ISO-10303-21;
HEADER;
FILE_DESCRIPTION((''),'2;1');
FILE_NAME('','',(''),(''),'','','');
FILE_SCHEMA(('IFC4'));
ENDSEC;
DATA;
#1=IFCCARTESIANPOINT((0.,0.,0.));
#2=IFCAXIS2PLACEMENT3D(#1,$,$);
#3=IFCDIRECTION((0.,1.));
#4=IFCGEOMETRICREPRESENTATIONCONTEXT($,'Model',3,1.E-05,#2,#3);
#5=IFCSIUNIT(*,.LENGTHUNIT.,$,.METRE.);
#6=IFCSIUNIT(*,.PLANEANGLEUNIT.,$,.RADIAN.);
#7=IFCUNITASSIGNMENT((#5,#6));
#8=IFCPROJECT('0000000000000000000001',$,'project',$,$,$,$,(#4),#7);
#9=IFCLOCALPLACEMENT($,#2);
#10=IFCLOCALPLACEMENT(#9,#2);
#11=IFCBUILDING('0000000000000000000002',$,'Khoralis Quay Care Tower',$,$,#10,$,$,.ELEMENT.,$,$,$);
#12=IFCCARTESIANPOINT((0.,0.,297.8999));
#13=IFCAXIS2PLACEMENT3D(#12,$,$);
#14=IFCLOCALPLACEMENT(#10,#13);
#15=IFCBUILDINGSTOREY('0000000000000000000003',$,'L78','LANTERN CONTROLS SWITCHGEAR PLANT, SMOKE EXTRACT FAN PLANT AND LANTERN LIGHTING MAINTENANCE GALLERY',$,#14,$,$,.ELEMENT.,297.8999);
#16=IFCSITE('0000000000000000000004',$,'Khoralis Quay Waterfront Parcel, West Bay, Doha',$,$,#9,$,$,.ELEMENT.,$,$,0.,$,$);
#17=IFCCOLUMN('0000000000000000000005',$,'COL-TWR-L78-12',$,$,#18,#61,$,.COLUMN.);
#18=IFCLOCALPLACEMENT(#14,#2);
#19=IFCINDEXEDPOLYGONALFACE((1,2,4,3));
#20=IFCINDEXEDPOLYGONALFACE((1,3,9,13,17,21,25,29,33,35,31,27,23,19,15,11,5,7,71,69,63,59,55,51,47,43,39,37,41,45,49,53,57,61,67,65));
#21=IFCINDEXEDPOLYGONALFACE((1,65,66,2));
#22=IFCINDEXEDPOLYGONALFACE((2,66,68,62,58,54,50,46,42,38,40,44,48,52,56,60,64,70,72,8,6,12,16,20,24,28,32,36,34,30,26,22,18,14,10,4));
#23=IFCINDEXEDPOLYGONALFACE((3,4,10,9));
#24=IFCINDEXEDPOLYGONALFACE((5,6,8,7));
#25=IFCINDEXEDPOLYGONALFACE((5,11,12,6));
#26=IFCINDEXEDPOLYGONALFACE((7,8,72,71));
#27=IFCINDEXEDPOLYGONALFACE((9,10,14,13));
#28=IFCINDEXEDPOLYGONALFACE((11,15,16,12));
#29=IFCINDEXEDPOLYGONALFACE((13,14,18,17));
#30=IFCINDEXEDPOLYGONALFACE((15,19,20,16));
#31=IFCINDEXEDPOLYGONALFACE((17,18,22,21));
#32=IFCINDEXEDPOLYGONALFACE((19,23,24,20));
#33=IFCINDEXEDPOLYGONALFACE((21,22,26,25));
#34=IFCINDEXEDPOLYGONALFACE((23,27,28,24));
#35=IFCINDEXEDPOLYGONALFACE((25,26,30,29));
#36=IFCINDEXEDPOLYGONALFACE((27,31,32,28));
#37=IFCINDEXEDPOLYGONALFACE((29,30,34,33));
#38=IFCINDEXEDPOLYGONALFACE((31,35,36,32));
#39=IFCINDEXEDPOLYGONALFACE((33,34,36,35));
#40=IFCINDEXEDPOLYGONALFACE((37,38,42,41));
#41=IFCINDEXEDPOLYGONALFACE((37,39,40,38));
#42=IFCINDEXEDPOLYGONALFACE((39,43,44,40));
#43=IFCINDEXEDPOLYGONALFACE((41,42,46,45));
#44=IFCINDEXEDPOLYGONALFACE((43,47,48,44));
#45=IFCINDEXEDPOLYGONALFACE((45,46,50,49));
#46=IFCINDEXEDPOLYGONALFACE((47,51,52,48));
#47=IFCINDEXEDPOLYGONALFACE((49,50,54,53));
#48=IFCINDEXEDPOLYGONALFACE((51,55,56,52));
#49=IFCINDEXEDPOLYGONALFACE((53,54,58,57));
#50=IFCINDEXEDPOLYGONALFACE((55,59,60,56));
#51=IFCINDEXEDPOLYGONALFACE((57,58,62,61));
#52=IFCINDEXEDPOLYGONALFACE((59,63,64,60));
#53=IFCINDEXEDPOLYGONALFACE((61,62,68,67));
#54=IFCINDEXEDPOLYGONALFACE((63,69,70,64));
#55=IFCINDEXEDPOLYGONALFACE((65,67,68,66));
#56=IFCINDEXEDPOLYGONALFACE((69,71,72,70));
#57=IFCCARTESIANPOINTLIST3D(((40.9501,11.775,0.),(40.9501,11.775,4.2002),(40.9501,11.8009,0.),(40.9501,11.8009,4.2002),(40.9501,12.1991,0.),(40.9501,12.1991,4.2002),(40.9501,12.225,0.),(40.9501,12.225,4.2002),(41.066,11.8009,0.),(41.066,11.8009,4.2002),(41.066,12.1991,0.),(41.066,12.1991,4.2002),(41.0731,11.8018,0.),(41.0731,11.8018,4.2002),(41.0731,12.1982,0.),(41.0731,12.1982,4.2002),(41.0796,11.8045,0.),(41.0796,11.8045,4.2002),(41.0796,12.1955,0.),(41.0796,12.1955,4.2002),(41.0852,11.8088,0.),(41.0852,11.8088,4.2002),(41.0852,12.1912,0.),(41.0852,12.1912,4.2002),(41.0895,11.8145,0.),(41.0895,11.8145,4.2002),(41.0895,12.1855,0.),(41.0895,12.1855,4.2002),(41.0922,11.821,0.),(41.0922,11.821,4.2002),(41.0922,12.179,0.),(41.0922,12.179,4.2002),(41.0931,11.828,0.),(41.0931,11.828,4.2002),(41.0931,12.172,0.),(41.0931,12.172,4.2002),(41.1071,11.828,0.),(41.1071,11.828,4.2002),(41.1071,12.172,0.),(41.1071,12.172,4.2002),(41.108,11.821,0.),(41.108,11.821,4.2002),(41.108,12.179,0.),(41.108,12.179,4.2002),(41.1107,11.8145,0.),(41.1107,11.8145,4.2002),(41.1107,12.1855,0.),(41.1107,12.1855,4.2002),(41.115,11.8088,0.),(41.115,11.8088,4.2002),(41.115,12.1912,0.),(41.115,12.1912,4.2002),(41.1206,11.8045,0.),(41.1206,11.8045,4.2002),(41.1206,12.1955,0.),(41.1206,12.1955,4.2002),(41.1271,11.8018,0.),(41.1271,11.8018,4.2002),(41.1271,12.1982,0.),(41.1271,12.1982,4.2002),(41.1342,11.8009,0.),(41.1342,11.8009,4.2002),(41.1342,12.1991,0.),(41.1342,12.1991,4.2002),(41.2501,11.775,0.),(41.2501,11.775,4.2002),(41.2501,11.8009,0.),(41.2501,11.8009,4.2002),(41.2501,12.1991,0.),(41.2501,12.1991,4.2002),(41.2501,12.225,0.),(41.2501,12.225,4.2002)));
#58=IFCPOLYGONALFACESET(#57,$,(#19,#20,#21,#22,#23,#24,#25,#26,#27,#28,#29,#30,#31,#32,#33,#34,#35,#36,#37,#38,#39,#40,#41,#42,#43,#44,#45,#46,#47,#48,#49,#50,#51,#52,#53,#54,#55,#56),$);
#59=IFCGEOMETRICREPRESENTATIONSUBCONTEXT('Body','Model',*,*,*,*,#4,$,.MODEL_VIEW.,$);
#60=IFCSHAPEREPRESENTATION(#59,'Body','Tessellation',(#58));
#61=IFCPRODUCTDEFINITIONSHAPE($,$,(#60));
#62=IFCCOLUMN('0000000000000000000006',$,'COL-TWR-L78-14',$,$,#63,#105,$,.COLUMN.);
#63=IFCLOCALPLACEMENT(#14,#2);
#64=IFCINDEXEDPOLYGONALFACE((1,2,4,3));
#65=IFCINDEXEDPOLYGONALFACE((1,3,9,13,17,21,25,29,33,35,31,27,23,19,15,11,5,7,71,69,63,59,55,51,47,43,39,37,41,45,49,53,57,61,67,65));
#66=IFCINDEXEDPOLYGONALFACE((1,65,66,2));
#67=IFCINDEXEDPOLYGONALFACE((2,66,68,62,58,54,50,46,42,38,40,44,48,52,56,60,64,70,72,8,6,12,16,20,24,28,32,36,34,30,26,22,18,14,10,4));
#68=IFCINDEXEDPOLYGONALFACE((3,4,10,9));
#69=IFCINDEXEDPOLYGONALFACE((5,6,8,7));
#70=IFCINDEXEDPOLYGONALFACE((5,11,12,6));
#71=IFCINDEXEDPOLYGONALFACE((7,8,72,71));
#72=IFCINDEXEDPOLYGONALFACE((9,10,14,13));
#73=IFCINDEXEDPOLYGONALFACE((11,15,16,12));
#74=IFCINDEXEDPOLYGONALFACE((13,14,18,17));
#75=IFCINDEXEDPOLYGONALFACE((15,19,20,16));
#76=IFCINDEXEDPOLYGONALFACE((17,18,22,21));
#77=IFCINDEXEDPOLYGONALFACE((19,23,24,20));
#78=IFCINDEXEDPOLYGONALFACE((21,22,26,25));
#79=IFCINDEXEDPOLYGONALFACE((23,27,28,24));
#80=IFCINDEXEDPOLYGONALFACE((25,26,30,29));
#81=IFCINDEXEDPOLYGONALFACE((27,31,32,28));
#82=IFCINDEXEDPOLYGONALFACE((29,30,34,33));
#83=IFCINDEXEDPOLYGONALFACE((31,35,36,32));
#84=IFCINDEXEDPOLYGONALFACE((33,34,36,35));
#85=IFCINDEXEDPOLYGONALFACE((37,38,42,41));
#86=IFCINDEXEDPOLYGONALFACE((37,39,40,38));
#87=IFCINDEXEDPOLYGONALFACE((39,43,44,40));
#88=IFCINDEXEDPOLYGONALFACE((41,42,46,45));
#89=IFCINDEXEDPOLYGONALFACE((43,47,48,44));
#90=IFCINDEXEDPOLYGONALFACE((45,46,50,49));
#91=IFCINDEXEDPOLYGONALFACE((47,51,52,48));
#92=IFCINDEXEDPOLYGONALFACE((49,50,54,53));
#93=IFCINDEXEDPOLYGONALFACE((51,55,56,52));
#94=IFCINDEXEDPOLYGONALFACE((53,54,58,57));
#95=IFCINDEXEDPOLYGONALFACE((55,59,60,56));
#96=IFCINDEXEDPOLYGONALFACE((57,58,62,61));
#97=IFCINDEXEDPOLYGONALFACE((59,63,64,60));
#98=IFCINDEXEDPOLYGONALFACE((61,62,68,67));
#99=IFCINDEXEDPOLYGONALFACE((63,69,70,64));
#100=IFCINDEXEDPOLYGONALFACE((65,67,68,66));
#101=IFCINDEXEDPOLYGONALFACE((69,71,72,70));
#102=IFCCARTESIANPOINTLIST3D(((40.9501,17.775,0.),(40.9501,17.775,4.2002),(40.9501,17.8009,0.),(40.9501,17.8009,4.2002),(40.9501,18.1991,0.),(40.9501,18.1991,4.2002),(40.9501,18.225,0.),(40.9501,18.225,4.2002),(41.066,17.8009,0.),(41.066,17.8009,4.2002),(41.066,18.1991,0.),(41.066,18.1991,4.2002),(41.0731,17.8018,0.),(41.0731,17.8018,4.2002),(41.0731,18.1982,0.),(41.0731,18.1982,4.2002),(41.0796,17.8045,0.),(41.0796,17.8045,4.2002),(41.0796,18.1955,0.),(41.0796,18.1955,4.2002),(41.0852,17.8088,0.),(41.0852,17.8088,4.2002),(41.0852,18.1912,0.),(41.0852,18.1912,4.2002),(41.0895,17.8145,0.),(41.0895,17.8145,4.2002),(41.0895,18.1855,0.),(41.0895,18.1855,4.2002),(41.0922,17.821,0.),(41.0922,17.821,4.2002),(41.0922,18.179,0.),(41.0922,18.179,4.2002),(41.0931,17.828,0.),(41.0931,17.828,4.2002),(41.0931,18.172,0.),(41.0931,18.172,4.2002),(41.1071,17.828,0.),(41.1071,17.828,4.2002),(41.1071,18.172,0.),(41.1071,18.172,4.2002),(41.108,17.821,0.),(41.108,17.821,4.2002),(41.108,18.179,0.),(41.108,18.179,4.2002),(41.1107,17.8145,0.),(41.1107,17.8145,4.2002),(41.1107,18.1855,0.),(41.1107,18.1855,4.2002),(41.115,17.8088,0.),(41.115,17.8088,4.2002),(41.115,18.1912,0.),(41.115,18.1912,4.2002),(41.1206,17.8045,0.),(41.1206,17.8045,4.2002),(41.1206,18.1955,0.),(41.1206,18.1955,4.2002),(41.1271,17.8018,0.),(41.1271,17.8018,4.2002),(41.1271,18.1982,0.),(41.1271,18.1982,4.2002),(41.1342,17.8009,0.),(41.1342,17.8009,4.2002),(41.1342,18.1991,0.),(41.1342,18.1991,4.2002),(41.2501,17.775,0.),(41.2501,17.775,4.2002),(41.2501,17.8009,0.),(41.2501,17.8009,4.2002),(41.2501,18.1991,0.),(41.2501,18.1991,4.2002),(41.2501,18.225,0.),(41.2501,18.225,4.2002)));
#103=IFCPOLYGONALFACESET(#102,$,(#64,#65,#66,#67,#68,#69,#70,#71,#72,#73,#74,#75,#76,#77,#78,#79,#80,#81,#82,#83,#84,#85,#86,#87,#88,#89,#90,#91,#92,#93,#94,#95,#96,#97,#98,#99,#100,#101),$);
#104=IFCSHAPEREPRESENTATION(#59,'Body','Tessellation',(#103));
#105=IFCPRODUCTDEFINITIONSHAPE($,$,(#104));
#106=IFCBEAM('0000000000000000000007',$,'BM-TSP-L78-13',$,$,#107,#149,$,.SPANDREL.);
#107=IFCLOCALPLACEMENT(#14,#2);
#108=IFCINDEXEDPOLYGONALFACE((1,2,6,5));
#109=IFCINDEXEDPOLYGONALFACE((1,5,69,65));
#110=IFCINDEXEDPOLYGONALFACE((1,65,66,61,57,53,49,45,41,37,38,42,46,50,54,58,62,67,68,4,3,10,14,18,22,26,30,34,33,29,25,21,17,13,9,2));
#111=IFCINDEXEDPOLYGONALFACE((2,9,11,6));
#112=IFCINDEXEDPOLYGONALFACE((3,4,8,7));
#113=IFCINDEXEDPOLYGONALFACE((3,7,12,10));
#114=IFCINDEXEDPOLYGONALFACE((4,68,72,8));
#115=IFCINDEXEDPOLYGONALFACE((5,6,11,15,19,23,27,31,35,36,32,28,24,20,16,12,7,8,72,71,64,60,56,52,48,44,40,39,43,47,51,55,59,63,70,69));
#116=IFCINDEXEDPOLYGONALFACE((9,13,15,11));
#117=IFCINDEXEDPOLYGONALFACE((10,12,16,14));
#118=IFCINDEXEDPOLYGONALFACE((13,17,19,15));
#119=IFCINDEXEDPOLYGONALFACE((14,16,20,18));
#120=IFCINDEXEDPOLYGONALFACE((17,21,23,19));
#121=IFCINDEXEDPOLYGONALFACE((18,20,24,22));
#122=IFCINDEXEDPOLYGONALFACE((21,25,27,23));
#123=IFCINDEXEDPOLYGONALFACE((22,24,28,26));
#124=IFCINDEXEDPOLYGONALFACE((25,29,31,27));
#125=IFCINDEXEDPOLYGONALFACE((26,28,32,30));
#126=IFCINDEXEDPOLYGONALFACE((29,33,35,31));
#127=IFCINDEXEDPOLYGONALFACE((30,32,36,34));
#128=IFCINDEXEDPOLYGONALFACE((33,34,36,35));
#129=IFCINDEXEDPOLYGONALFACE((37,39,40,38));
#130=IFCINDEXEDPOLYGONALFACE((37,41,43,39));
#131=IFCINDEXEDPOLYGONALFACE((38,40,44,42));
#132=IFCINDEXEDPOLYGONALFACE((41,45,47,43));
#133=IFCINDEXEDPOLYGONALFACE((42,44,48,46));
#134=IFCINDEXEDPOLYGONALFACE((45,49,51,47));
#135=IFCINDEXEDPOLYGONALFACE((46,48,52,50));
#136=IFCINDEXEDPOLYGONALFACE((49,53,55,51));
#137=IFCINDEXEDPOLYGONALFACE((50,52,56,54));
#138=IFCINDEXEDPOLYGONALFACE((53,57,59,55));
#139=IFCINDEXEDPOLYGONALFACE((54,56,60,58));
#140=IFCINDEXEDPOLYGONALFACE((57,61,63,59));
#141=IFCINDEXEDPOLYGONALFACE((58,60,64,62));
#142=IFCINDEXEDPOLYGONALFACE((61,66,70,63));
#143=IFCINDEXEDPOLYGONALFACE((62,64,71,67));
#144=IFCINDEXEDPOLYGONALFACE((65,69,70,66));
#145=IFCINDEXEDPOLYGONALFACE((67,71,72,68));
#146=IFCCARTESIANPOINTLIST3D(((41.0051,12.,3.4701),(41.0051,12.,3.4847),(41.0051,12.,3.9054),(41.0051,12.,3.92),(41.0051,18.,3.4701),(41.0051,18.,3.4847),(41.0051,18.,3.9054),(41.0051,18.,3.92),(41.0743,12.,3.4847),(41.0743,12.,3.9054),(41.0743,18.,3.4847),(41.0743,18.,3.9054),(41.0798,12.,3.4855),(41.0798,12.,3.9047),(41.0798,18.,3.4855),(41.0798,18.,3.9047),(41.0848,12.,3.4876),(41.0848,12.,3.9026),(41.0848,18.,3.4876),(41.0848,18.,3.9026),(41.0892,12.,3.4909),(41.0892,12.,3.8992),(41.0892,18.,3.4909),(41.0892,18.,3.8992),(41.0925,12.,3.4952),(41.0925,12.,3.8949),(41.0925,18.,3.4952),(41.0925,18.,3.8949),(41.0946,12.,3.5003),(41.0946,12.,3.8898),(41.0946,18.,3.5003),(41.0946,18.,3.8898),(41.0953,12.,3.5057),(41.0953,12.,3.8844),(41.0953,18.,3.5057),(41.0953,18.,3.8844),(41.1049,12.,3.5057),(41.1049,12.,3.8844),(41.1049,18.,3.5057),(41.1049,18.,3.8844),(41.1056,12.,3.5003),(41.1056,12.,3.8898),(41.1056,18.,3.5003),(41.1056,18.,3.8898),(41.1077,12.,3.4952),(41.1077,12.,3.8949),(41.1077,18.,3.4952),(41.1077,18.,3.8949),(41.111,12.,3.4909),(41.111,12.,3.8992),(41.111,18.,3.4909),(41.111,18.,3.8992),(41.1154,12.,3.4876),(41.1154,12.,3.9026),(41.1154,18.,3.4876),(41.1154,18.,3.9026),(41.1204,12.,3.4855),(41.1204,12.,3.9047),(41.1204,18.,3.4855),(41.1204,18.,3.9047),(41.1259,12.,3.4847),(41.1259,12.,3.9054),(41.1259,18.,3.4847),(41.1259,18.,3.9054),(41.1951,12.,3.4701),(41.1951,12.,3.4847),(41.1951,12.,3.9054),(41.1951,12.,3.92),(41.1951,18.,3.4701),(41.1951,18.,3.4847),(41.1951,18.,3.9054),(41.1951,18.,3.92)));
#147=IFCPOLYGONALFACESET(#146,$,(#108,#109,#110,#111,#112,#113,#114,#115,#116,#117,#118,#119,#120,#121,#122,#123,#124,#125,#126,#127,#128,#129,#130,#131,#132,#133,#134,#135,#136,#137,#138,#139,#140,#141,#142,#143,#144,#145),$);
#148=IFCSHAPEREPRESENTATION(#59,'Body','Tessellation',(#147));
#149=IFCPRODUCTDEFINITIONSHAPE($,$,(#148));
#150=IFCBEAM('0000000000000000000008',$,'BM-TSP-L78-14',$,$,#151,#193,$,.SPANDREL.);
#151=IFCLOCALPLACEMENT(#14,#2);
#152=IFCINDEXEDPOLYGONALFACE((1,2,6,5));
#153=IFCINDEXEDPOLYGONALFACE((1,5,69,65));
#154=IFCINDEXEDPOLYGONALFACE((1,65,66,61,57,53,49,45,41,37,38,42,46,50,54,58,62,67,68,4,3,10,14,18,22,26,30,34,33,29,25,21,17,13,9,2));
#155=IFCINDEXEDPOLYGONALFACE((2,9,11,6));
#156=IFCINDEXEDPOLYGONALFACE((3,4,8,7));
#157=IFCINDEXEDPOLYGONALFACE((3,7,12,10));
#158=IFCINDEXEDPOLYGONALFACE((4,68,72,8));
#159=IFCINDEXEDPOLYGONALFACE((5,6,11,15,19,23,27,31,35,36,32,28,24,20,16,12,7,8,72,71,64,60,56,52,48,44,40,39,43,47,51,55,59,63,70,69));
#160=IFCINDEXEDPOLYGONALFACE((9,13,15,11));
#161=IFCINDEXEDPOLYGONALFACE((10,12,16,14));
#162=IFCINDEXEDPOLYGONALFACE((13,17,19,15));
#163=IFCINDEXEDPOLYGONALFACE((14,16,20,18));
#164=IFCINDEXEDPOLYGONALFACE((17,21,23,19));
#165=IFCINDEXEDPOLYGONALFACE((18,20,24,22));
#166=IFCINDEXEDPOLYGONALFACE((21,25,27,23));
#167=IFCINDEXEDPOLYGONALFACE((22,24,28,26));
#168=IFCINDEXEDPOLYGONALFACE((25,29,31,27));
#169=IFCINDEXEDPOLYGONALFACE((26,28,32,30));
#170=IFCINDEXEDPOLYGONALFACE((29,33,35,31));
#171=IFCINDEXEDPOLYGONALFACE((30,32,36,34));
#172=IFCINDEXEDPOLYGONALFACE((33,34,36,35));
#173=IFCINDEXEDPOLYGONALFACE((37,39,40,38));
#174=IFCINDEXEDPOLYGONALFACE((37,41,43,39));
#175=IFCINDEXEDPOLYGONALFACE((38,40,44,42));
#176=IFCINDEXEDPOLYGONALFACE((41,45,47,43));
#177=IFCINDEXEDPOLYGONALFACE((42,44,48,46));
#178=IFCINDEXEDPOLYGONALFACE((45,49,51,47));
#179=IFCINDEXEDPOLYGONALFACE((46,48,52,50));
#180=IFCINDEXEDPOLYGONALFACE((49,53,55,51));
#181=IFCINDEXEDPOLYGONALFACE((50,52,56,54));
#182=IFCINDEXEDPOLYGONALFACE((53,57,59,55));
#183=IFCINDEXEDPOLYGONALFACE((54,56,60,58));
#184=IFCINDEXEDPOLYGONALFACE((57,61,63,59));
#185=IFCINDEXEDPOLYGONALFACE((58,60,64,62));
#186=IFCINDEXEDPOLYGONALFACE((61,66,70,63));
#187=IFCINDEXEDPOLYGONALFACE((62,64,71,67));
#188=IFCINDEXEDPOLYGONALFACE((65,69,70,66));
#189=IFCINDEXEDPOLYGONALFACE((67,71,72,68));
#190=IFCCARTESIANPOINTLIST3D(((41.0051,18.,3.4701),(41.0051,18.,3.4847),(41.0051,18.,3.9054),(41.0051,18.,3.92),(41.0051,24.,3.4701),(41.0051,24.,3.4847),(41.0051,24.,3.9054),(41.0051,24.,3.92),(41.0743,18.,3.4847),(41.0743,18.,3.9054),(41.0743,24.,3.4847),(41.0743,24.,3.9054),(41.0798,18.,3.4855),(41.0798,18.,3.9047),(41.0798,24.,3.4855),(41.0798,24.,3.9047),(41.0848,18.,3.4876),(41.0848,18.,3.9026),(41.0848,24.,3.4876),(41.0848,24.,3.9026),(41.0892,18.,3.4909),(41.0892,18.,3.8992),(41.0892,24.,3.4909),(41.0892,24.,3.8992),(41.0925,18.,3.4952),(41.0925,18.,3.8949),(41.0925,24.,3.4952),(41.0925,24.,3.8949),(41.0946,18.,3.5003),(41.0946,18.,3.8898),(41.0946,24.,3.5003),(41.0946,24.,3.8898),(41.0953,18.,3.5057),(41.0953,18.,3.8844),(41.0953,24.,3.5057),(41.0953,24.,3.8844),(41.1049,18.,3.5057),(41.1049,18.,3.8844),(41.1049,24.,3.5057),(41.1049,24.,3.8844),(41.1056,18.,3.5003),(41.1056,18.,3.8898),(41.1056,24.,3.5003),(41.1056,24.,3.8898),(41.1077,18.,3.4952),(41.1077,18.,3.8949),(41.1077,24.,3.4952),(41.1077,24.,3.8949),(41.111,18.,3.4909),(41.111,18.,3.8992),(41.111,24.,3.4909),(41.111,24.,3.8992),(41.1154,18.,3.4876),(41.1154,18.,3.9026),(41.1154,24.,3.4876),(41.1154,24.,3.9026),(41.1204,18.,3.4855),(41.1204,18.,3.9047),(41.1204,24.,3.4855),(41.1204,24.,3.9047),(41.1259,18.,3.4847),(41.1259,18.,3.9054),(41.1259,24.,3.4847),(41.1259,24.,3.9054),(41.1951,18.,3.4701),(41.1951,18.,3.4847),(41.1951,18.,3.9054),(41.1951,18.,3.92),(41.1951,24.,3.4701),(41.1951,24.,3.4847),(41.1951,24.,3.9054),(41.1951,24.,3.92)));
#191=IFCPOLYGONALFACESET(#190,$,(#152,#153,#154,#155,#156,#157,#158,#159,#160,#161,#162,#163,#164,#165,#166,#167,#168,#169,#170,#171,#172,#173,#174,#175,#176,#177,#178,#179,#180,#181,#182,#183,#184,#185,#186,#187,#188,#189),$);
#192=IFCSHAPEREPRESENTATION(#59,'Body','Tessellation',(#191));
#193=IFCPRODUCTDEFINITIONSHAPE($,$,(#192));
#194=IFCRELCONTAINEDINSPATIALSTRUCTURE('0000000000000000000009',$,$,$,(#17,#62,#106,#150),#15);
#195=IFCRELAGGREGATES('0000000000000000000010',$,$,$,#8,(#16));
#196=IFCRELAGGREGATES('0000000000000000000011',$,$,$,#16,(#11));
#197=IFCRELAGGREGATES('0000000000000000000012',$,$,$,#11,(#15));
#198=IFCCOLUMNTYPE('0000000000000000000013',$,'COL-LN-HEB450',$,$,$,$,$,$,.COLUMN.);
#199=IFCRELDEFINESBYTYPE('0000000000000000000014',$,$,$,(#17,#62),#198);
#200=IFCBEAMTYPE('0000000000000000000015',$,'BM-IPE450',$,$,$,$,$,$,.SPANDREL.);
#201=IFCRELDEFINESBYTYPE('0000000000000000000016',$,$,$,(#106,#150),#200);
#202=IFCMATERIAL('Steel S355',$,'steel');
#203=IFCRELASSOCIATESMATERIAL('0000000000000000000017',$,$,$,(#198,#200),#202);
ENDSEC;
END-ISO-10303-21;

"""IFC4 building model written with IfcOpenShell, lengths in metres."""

from ifc_helpers import new_model, si_unit, direction, frame, origin, origin_2d, place, context, subcontext, project, spatial, i_section, extrude, source, transform, mapped, material, material_profile, profile_set, type_object, element, save


model = new_model("IFC4")

# Units and contexts
model_context = context("Model", 3, precision=1e-05, world=origin(), true_north=direction((0.0, 1.0)))
body_context = subcontext(model_context, "Body", "Model", "MODEL_VIEW")
ifc_project = project(units=[si_unit("LENGTHUNIT", "METRE"), si_unit("PLANEANGLEUNIT", "RADIAN")], contexts=[model_context])

# Site, building, storey
site_placement = place(None, origin())
site = spatial("IfcSite", under=ifc_project, at=site_placement, Name="Khoralis Quay Waterfront Parcel, West Bay, Doha", CompositionType="ELEMENT", RefElevation=0.0)
building_placement = place(site_placement, origin())
building = spatial("IfcBuilding", under=site, at=building_placement, Name="Khoralis Quay Care Tower", CompositionType="ELEMENT")
storey_placement = place(building_placement, frame((0.0, 0.0, 297.8999)))
storey = spatial("IfcBuildingStorey", under=building, at=storey_placement, Name="L78", Description="LANTERN CONTROLS SWITCHGEAR PLANT, SMOKE EXTRACT FAN PLANT AND LANTERN LIGHTING MAINTENANCE GALLERY", CompositionType="ELEMENT", Elevation=297.8999)

# Columns
ifc_material_1 = material(Name="Steel S355", Category="steel")
ifc_material_profile_1 = material_profile(ifc_material_1, i_section(OverallWidth=0.3, OverallDepth=0.45, WebThickness=0.0139, FlangeThickness=0.0259, FilletRadius=0.0271, at=origin_2d()), Name="Steel S355")
ifc_profile_set_1 = profile_set([ifc_material_profile_1], Name="Steel S355")
column_type = type_object("IfcColumnType", Name="COL-LN-HEB450", PredefinedType="COLUMN", material=ifc_profile_set_1)
shared_shape_1 = source(origin(), body_context, "Body", "SweptSolid", [
    extrude(i_section(OverallWidth=0.3, OverallDepth=0.45, WebThickness=0.0139, FlangeThickness=0.0259, FilletRadius=0.0271, at=origin_2d()), origin(), (0.0, 0.0, 1.0), 4.2002),
])
for number, where, z_axis, x_axis, name in (
    (1, (41.1001, 12.0, 0.0), (0.0, 0.0, 1.0), (1.0, 0.0, 0.0), "COL-TWR-L78-12"),
    (2, (41.1001, 18.0, 0.0), (0.0, 0.0, 1.0), (1.0, 0.0, 0.0), "COL-TWR-L78-14"),
):
    element("IfcColumn", number, at=place(storey_placement, frame(where, z_axis=z_axis, x_axis=x_axis)), inside=storey, type_object=column_type, Name=name, PredefinedType="COLUMN", context=body_context, shape_type="MappedRepresentation", body=[
        mapped(shared_shape_1, transform((0.0, 0.0, 0.0), scale=1.0)),
    ])

# Beams
ifc_material_profile_2 = material_profile(ifc_material_1, i_section(OverallWidth=0.1899, OverallDepth=0.45, WebThickness=0.0095, FlangeThickness=0.0146, FilletRadius=0.021, at=origin_2d()), Name="Steel S355")
ifc_profile_set_2 = profile_set([ifc_material_profile_2], Name="Steel S355")
beam_type = type_object("IfcBeamType", Name="BM-IPE450", PredefinedType="SPANDREL", material=ifc_profile_set_2)
shared_shape_2 = source(origin(), body_context, "Body", "SweptSolid", [
    extrude(i_section(OverallWidth=0.1899, OverallDepth=0.45, WebThickness=0.0095, FlangeThickness=0.0146, FilletRadius=0.021, at=origin_2d()), origin(), (0.0, 0.0, 1.0), 6.0),
])
for number, where, z_axis, x_axis, name in (
    (3, (41.1001, 12.0, 3.6951), (0.0, 1.0, 0.0), (-1.0, 0.0, 0.0), "BM-TSP-L78-13"),
    (4, (41.1001, 18.0, 3.6951), (0.0, 1.0, 0.0), (-1.0, 0.0, 0.0), "BM-TSP-L78-14"),
):
    element("IfcBeam", number, at=place(storey_placement, frame(where, z_axis=z_axis, x_axis=x_axis)), inside=storey, type_object=beam_type, Name=name, PredefinedType="SPANDREL", context=body_context, shape_type="MappedRepresentation", body=[
        mapped(shared_shape_2, transform((0.0, 0.0, 0.0), scale=1.0)),
    ])

save(model, "model.ifc")
